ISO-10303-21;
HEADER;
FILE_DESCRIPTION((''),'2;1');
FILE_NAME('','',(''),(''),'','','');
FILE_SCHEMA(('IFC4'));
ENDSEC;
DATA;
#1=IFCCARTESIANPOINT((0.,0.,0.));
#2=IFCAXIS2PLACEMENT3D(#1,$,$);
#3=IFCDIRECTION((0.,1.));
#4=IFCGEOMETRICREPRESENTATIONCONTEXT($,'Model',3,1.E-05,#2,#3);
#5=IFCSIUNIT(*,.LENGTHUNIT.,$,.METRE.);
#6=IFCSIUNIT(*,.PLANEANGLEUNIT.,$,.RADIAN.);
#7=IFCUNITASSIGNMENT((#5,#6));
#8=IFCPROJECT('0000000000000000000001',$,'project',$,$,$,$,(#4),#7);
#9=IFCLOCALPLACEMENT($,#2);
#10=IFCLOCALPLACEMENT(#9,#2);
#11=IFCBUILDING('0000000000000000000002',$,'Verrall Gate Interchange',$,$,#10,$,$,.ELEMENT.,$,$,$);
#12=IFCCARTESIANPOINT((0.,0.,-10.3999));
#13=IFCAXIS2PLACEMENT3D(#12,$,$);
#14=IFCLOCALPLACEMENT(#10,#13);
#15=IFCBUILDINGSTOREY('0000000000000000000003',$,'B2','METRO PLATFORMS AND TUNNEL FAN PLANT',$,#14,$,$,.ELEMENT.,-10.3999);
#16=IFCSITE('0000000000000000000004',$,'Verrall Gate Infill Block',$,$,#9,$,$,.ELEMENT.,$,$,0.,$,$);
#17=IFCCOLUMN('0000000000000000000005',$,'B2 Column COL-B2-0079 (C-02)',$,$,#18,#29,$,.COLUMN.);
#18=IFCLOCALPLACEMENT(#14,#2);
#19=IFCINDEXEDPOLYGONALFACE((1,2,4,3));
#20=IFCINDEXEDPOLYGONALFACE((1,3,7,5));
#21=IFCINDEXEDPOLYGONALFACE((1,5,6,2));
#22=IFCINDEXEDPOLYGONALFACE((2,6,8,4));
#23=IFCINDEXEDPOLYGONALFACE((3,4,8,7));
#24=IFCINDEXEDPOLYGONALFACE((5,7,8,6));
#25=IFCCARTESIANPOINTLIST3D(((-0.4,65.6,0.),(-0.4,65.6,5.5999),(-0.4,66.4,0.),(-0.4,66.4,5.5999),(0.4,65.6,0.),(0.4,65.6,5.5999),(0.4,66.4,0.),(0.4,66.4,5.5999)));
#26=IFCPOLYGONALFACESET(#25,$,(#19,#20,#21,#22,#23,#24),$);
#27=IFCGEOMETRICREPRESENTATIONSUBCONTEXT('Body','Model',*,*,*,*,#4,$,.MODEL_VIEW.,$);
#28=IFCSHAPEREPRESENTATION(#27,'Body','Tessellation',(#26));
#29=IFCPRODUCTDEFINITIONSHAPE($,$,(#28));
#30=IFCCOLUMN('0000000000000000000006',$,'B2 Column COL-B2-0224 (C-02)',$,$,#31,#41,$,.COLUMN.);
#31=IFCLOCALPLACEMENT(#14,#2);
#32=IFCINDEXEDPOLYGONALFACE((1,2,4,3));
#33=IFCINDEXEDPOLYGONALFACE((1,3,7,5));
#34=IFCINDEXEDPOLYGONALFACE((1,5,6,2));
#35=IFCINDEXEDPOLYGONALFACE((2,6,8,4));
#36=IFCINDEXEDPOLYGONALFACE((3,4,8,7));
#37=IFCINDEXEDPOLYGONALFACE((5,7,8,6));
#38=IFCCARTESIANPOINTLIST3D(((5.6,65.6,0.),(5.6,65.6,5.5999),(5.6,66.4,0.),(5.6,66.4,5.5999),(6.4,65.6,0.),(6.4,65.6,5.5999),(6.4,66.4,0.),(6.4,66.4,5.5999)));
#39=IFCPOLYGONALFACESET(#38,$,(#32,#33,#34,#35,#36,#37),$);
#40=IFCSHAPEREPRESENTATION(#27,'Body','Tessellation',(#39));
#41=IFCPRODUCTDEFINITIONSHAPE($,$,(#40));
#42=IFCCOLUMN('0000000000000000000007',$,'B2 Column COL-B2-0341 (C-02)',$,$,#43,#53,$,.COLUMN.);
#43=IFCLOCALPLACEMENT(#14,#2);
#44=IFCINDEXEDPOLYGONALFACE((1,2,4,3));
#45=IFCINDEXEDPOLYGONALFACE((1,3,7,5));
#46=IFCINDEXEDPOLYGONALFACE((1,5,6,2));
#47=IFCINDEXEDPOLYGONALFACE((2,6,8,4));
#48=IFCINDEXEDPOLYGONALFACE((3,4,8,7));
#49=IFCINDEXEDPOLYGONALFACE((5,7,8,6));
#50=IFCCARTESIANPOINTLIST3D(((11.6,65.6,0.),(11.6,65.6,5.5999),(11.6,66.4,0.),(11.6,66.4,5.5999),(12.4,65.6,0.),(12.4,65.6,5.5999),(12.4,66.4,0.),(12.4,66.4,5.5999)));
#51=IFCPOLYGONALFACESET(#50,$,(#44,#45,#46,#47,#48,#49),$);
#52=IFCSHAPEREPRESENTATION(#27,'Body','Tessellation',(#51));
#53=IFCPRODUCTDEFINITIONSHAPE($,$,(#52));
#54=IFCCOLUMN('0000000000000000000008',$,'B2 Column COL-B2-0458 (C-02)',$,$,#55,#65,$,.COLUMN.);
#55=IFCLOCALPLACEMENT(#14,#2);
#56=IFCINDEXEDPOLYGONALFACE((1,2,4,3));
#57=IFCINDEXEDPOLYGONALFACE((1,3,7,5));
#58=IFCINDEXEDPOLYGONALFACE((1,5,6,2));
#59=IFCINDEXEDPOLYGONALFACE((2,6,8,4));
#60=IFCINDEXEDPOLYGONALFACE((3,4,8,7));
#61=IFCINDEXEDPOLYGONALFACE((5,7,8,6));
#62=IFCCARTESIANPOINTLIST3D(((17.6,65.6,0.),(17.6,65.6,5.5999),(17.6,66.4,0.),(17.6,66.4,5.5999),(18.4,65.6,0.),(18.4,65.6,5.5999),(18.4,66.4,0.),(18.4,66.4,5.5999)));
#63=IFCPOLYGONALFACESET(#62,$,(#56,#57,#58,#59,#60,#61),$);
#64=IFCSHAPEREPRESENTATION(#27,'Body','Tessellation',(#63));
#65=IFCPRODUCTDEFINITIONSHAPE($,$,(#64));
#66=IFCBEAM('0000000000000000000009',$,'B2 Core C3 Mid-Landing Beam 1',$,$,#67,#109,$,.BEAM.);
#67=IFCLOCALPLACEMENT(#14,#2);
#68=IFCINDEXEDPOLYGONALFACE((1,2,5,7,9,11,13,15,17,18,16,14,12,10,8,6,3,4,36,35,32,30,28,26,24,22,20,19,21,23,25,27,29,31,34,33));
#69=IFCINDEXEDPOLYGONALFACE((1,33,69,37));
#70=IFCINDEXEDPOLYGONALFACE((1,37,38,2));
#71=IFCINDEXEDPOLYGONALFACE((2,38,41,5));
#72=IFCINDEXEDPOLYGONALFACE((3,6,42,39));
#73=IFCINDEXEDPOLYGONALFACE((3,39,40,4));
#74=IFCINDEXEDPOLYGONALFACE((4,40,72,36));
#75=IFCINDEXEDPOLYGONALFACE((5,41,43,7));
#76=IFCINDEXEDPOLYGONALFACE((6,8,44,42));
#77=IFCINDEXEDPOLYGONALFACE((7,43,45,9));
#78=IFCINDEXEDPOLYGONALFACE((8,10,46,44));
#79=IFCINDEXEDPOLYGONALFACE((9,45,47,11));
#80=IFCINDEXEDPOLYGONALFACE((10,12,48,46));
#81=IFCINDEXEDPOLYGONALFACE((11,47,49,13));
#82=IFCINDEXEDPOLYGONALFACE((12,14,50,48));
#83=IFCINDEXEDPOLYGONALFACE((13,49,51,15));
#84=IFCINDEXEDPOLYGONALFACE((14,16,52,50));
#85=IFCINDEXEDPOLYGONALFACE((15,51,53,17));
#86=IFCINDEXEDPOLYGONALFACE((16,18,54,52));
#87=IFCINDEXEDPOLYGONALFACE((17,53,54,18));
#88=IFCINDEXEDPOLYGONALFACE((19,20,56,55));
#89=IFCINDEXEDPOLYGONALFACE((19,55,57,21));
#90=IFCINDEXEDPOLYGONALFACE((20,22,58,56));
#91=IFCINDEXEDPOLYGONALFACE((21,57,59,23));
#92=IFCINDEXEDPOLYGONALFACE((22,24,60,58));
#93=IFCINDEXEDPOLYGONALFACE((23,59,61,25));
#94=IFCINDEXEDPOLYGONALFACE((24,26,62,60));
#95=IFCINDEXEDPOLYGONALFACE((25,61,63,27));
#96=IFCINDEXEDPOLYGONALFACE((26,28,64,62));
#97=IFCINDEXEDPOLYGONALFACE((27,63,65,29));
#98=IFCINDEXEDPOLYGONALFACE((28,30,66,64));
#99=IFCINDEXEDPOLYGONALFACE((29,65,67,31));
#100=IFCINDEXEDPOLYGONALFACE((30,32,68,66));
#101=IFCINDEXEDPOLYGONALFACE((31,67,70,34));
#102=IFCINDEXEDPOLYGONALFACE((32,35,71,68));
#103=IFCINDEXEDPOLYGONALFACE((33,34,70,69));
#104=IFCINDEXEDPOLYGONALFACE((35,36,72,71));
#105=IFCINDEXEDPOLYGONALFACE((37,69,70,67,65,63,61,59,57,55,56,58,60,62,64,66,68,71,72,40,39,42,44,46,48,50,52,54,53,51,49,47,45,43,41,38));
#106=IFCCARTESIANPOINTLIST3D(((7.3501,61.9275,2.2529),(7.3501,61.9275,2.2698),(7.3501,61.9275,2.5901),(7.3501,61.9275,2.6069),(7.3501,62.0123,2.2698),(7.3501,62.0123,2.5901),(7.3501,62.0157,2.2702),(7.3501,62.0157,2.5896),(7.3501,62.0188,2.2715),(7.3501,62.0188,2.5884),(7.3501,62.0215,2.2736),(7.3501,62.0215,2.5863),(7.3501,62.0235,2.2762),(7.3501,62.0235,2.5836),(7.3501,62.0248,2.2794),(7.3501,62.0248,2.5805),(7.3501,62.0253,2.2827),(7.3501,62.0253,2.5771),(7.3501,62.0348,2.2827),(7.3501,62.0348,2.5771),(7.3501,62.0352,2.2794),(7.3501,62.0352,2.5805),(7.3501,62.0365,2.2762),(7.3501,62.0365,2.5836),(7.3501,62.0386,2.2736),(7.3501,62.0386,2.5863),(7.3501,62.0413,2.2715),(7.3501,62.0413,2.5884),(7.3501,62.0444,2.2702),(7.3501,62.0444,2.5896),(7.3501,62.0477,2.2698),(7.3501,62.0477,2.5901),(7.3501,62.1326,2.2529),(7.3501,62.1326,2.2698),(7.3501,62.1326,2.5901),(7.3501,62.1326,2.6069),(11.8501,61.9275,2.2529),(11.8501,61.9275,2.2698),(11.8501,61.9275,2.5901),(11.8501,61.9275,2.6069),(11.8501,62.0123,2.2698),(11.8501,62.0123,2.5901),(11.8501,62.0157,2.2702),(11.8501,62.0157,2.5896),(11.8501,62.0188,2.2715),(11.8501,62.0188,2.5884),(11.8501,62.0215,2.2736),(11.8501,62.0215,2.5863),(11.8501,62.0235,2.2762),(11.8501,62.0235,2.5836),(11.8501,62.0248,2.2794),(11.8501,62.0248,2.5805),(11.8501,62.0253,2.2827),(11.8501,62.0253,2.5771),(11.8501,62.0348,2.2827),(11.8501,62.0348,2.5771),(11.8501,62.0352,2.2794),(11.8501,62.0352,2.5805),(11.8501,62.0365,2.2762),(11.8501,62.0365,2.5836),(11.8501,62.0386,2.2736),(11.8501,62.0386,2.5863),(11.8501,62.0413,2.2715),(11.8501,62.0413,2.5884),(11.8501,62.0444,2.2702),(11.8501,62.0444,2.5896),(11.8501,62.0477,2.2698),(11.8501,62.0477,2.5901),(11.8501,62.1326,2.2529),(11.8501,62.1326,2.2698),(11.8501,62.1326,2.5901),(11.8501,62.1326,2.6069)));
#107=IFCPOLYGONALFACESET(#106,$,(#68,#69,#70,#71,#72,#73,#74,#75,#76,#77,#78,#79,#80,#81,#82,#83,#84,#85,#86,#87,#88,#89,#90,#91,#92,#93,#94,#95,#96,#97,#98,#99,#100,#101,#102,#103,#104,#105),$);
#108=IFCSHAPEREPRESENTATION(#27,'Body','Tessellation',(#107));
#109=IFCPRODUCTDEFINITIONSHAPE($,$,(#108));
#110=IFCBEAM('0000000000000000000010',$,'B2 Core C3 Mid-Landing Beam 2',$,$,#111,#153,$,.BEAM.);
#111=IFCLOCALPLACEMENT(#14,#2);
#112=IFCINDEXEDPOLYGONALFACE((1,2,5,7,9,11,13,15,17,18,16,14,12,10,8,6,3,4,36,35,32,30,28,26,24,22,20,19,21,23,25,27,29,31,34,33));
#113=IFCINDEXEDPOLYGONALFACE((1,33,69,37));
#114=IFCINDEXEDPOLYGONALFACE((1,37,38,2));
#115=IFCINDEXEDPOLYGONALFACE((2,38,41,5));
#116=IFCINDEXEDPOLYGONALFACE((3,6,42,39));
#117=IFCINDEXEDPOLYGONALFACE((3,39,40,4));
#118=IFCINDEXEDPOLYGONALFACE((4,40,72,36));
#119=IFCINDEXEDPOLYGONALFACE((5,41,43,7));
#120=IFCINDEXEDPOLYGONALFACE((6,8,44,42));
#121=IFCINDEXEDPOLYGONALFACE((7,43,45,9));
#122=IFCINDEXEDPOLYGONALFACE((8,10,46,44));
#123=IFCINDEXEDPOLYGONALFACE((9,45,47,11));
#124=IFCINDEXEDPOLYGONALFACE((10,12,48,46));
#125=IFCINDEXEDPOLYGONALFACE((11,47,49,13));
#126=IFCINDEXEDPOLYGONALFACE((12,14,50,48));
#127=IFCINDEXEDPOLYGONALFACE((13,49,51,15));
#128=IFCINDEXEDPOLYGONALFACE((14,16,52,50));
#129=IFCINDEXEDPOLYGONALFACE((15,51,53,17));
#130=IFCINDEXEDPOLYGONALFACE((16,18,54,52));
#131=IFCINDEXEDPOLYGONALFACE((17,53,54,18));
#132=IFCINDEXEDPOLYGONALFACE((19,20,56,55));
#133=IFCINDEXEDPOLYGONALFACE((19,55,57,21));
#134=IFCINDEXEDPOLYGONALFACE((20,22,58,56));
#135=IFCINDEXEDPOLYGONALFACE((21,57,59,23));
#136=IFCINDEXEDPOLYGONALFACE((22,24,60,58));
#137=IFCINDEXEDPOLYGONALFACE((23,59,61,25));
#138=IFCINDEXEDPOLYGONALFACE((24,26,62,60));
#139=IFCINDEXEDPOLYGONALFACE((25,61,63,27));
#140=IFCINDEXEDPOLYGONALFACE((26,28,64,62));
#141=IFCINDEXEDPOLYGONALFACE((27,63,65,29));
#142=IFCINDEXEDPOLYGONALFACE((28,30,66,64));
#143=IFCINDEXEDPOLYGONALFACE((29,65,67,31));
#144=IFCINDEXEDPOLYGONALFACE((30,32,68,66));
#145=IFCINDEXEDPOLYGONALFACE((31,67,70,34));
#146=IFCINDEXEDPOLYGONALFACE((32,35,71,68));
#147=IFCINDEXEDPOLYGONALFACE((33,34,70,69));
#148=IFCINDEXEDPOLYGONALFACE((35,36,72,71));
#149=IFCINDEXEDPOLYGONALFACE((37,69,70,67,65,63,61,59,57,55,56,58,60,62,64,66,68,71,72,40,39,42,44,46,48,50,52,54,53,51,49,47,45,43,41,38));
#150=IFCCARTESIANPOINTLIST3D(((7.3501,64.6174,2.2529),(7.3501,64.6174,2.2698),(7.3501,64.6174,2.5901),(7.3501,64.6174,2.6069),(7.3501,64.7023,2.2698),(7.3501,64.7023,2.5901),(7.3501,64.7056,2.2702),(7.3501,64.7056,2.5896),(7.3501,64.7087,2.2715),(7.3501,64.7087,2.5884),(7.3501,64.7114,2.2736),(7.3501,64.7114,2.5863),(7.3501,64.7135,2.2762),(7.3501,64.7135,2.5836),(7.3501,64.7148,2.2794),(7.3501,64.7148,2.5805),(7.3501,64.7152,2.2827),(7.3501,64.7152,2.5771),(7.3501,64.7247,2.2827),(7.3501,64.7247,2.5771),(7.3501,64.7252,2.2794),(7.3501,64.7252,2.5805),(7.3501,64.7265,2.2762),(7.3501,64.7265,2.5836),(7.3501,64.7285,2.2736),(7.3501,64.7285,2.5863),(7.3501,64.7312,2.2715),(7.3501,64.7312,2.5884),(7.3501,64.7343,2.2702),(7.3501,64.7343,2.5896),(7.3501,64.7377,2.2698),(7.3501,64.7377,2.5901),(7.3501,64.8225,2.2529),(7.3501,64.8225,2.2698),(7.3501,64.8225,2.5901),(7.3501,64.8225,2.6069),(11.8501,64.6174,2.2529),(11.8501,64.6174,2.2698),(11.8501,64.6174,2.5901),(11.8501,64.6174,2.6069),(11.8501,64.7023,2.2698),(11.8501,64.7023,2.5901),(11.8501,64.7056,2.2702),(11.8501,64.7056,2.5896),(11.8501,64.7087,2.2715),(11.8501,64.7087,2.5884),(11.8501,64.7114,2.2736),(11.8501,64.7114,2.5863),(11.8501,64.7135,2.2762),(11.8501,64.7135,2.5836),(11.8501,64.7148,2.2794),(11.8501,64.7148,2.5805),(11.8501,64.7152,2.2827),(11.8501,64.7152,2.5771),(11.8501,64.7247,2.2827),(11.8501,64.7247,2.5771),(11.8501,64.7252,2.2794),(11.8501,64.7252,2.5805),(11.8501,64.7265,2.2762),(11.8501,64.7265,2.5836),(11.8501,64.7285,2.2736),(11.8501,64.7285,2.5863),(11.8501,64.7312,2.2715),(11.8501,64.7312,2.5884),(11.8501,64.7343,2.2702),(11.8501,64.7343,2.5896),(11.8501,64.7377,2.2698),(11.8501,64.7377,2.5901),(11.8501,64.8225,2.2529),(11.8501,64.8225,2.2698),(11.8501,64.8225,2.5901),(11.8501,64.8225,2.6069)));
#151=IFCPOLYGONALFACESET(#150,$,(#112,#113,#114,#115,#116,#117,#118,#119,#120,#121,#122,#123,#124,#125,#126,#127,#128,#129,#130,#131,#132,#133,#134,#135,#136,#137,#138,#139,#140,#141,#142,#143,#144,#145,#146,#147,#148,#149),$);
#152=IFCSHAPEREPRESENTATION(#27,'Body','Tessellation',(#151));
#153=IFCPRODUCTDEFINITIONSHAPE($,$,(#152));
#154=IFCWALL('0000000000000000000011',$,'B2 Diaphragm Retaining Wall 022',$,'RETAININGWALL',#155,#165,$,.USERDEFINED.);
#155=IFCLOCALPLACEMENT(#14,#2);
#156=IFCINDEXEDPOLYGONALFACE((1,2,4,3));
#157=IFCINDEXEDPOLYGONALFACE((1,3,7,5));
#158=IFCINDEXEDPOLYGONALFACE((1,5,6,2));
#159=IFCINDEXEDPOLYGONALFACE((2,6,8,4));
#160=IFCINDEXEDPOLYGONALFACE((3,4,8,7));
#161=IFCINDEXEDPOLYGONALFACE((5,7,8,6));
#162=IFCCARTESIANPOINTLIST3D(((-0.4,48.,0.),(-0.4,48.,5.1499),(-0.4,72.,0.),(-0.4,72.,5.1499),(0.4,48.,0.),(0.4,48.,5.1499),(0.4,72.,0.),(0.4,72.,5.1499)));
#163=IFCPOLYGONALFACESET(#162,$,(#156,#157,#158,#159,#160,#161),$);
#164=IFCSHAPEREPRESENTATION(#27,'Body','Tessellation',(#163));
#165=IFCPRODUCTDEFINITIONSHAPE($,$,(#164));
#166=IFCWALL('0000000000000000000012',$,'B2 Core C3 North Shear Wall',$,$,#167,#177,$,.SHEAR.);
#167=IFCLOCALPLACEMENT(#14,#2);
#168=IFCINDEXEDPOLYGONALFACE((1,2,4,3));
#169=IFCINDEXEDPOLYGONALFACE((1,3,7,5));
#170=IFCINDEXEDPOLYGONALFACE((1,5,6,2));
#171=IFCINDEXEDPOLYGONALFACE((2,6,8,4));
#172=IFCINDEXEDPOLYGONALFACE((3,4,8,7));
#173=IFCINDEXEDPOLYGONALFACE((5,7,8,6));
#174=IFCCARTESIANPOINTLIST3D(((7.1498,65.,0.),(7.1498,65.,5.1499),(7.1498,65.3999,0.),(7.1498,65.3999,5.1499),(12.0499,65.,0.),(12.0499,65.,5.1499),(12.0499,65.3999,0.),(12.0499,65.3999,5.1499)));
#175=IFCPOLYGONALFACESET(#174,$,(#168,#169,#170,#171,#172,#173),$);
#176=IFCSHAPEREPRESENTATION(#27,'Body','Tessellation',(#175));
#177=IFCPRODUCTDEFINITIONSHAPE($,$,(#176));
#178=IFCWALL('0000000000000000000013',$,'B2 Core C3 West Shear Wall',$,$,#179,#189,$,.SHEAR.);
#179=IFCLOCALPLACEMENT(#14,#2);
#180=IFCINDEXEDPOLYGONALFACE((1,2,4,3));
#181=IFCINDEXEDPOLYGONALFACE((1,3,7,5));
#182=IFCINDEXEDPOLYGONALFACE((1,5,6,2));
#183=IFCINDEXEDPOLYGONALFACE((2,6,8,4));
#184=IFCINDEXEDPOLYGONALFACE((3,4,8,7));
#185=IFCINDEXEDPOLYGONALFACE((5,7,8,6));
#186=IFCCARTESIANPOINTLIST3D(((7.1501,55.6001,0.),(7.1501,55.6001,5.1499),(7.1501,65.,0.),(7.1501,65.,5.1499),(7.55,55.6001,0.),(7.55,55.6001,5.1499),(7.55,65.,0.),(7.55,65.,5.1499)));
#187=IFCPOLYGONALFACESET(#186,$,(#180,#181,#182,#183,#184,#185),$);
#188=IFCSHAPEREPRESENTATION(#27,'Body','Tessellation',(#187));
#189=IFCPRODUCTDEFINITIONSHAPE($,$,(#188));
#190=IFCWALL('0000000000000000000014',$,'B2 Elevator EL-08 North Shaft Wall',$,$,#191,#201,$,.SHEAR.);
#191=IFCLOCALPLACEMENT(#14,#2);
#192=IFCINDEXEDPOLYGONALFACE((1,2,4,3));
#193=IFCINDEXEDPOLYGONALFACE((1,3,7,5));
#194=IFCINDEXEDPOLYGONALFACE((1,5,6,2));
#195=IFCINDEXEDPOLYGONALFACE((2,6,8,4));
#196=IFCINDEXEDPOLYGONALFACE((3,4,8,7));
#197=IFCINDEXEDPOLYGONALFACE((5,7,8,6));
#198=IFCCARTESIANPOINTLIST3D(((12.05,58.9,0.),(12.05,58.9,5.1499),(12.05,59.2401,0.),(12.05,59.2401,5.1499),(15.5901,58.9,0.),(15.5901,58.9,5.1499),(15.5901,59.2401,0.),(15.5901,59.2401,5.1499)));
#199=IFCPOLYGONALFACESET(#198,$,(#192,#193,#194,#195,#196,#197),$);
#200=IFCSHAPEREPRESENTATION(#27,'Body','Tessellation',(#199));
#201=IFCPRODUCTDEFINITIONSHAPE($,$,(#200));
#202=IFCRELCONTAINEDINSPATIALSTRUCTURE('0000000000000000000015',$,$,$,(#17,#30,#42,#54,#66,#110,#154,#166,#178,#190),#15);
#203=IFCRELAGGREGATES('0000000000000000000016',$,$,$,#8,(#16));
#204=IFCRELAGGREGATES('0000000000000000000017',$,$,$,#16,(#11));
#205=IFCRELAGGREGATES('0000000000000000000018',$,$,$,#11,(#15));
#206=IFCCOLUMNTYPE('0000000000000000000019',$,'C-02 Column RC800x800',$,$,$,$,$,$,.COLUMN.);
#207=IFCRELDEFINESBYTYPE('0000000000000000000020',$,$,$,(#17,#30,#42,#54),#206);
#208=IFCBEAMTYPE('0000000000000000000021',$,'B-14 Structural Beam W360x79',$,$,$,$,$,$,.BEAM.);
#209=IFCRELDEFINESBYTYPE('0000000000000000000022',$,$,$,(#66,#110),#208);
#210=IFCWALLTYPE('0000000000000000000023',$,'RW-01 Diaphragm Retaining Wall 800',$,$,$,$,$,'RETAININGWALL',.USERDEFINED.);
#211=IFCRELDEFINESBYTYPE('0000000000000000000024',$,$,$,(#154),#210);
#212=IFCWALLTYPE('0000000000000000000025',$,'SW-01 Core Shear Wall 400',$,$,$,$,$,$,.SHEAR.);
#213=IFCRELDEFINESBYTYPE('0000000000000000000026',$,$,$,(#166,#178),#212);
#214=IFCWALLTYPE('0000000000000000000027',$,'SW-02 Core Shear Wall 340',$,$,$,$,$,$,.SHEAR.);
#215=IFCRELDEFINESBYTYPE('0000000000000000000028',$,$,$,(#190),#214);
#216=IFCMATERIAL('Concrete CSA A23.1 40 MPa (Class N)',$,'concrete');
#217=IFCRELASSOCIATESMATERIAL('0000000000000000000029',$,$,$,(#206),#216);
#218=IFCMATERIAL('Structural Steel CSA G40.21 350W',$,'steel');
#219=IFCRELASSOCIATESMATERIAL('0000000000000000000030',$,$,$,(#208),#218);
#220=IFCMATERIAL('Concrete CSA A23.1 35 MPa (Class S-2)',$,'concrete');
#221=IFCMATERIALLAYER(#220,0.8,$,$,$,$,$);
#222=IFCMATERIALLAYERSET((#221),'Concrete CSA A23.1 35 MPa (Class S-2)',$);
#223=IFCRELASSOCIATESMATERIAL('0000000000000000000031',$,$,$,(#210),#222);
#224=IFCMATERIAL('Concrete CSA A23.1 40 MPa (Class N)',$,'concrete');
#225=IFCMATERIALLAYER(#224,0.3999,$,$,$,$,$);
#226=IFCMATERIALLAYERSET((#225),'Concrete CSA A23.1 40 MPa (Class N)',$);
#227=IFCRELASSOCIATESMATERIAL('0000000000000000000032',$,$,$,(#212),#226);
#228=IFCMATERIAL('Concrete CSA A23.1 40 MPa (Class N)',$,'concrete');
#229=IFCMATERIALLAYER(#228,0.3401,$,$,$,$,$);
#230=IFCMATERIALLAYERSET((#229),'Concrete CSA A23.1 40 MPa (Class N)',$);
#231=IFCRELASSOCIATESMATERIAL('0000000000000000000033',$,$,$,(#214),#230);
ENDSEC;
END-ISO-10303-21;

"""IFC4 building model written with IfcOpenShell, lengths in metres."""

from ifc_helpers import new_model, si_unit, direction, frame, frame_2d, origin, origin_2d, place, context, subcontext, project, spatial, rectangle, i_section, extrude, material, layer, layer_set, material_profile, profile_set, type_object, element, save


model = new_model("IFC4")

# Units and contexts
model_context = context("Model", 3, precision=1e-05, world=origin(), true_north=direction((0.0, 1.0)))
body_context = subcontext(model_context, "Body", "Model", "MODEL_VIEW")
ifc_project = project(units=[si_unit("LENGTHUNIT", "METRE"), si_unit("PLANEANGLEUNIT", "RADIAN")], contexts=[model_context])

# Site, building, storey
site_placement = place(None, origin())
site = spatial("IfcSite", under=ifc_project, at=site_placement, Name="Verrall Gate Infill Block", CompositionType="ELEMENT", RefElevation=0.0)
building_placement = place(site_placement, origin())
building = spatial("IfcBuilding", under=site, at=building_placement, Name="Verrall Gate Interchange", CompositionType="ELEMENT")
storey_placement = place(building_placement, frame((0.0, 0.0, -10.3999)))
storey = spatial("IfcBuildingStorey", under=building, at=storey_placement, Name="B2", Description="METRO PLATFORMS AND TUNNEL FAN PLANT", CompositionType="ELEMENT", Elevation=-10.3999)

# Columns
ifc_material_1 = material(Name="Concrete CSA A23.1 40 MPa (Class N)", Category="concrete")
ifc_material_profile_1 = material_profile(ifc_material_1, rectangle(XDim=0.8, YDim=0.8, at=origin_2d()), Name="RC800x800")
ifc_profile_set_1 = profile_set([ifc_material_profile_1], Name="Concrete CSA A23.1 40 MPa (Class N)")
column_type = type_object("IfcColumnType", Name="C-02 Column RC800x800", PredefinedType="COLUMN", material=ifc_profile_set_1)
for number, where, z_axis, x_axis, name in (
    (1, (0.0, 66.0, 0.0), (0.0, 0.0, 1.0), (1.0, 0.0, 0.0), "B2 Column COL-B2-0079 (C-02)"),
    (2, (6.0, 66.0, 0.0), (0.0, 0.0, 1.0), (1.0, 0.0, 0.0), "B2 Column COL-B2-0224 (C-02)"),
    (3, (12.0, 66.0, 0.0), (0.0, 0.0, 1.0), (1.0, 0.0, 0.0), "B2 Column COL-B2-0341 (C-02)"),
    (4, (18.0, 66.0, 0.0), (0.0, 0.0, 1.0), (1.0, 0.0, 0.0), "B2 Column COL-B2-0458 (C-02)"),
):
    element("IfcColumn", number, at=place(storey_placement, frame(where, z_axis=z_axis, x_axis=x_axis)), inside=storey, type_object=column_type, Name=name, PredefinedType="COLUMN", context=body_context, shape_type="SweptSolid", body=[
        extrude(rectangle(XDim=0.8, YDim=0.8, at=origin_2d()), origin(), (0.0, 0.0, 1.0), 5.5999),
    ])

# Beams
ifc_material_2 = material(Name="Structural Steel CSA G40.21 350W", Category="steel")
ifc_material_profile_2 = material_profile(ifc_material_2, i_section(OverallWidth=0.2051, OverallDepth=0.354, WebThickness=0.0095, FlangeThickness=0.0168, FilletRadius=0.0129, at=origin_2d()), Name="W360x79")
ifc_profile_set_2 = profile_set([ifc_material_profile_2], Name="Structural Steel CSA G40.21 350W")
beam_type = type_object("IfcBeamType", Name="B-14 Structural Beam W360x79", PredefinedType="BEAM", material=ifc_profile_set_2)
for number, where, z_axis, x_axis, name in (
    (5, (7.3501, 62.03, 2.4299), (1.0, 0.0, 0.0), (0.0, 1.0, 0.0), "B2 Core C3 Mid-Landing Beam 1"),
    (6, (7.3501, 64.72, 2.4299), (1.0, 0.0, 0.0), (0.0, 1.0, 0.0), "B2 Core C3 Mid-Landing Beam 2"),
):
    element("IfcBeam", number, at=place(storey_placement, frame(where, z_axis=z_axis, x_axis=x_axis)), inside=storey, type_object=beam_type, Name=name, PredefinedType="BEAM", context=body_context, shape_type="SweptSolid", body=[
        extrude(i_section(OverallWidth=0.2051, OverallDepth=0.354, WebThickness=0.0095, FlangeThickness=0.0168, FilletRadius=0.0129, at=origin_2d()), origin(), (0.0, 0.0, 1.0), 4.5),
    ])

# Walls
ifc_material_3 = material(Name="Concrete CSA A23.1 35 MPa (Class S-2)", Category="concrete")
ifc_layer_1 = layer(ifc_material_3, 0.8)
ifc_layer_set_1 = layer_set([ifc_layer_1], Name="Concrete CSA A23.1 35 MPa (Class S-2)")
wall_type_1 = type_object("IfcWallType", Name="RW-01 Diaphragm Retaining Wall 800", ElementType="RETAININGWALL", PredefinedType="USERDEFINED", material=ifc_layer_set_1)
wall_1_placement = place(storey_placement, frame((0.0, 72.0, 0.0), z_axis=(0.0, 0.0, 1.0), x_axis=(0.0, -1.0, 0.0)))
element("IfcWall", 7, at=wall_1_placement, inside=storey, type_object=wall_type_1, Name="B2 Diaphragm Retaining Wall 022", ObjectType="RETAININGWALL", PredefinedType="USERDEFINED", context=body_context, shape_type="SweptSolid", body=[
    extrude(rectangle(XDim=24.0, YDim=0.8, at=frame_2d((12.0, 0.0))), origin(), (0.0, 0.0, 1.0), 5.1499),
])
ifc_material_4 = material(Name="Concrete CSA A23.1 40 MPa (Class N)", Category="concrete")
ifc_layer_2 = layer(ifc_material_4, 0.3999)
ifc_layer_set_2 = layer_set([ifc_layer_2], Name="Concrete CSA A23.1 40 MPa (Class N)")
wall_type_2 = type_object("IfcWallType", Name="SW-01 Core Shear Wall 400", PredefinedType="SHEAR", material=ifc_layer_set_2)
wall_2_placement = place(storey_placement, frame((12.05, 65.2, 0.0), z_axis=(0.0, 0.0, 1.0), x_axis=(-1.0, 0.0, 0.0)))
element("IfcWall", 8, at=wall_2_placement, inside=storey, type_object=wall_type_2, Name="B2 Core C3 North Shear Wall", PredefinedType="SHEAR", context=body_context, shape_type="SweptSolid", body=[
    extrude(rectangle(XDim=4.9001, YDim=0.3999, at=frame_2d((2.4502, 0.0))), origin(), (0.0, 0.0, 1.0), 5.1499),
])
wall_3_placement = place(storey_placement, frame((7.3501, 65.0, 0.0), z_axis=(0.0, 0.0, 1.0), x_axis=(0.0, -1.0, 0.0)))
element("IfcWall", 9, at=wall_3_placement, inside=storey, type_object=wall_type_2, Name="B2 Core C3 West Shear Wall", PredefinedType="SHEAR", context=body_context, shape_type="SweptSolid", body=[
    extrude(rectangle(XDim=9.3999, YDim=0.3999, at=frame_2d((4.7, 0.0))), origin(), (0.0, 0.0, 1.0), 5.1499),
])
ifc_material_5 = material(Name="Concrete CSA A23.1 40 MPa (Class N)", Category="concrete")
ifc_layer_3 = layer(ifc_material_5, 0.3401)
ifc_layer_set_3 = layer_set([ifc_layer_3], Name="Concrete CSA A23.1 40 MPa (Class N)")
wall_type_3 = type_object("IfcWallType", Name="SW-02 Core Shear Wall 340", PredefinedType="SHEAR", material=ifc_layer_set_3)
wall_4_placement = place(storey_placement, frame((15.5901, 59.0701, 0.0), z_axis=(0.0, 0.0, 1.0), x_axis=(-1.0, 0.0, 0.0)))
element("IfcWall", 10, at=wall_4_placement, inside=storey, type_object=wall_type_3, Name="B2 Elevator EL-08 North Shaft Wall", PredefinedType="SHEAR", context=body_context, shape_type="SweptSolid", body=[
    extrude(rectangle(XDim=3.54, YDim=0.3401, at=frame_2d((1.77, 0.0))), origin(), (0.0, 0.0, 1.0), 5.1499),
])

save(model, "model.ifc")
